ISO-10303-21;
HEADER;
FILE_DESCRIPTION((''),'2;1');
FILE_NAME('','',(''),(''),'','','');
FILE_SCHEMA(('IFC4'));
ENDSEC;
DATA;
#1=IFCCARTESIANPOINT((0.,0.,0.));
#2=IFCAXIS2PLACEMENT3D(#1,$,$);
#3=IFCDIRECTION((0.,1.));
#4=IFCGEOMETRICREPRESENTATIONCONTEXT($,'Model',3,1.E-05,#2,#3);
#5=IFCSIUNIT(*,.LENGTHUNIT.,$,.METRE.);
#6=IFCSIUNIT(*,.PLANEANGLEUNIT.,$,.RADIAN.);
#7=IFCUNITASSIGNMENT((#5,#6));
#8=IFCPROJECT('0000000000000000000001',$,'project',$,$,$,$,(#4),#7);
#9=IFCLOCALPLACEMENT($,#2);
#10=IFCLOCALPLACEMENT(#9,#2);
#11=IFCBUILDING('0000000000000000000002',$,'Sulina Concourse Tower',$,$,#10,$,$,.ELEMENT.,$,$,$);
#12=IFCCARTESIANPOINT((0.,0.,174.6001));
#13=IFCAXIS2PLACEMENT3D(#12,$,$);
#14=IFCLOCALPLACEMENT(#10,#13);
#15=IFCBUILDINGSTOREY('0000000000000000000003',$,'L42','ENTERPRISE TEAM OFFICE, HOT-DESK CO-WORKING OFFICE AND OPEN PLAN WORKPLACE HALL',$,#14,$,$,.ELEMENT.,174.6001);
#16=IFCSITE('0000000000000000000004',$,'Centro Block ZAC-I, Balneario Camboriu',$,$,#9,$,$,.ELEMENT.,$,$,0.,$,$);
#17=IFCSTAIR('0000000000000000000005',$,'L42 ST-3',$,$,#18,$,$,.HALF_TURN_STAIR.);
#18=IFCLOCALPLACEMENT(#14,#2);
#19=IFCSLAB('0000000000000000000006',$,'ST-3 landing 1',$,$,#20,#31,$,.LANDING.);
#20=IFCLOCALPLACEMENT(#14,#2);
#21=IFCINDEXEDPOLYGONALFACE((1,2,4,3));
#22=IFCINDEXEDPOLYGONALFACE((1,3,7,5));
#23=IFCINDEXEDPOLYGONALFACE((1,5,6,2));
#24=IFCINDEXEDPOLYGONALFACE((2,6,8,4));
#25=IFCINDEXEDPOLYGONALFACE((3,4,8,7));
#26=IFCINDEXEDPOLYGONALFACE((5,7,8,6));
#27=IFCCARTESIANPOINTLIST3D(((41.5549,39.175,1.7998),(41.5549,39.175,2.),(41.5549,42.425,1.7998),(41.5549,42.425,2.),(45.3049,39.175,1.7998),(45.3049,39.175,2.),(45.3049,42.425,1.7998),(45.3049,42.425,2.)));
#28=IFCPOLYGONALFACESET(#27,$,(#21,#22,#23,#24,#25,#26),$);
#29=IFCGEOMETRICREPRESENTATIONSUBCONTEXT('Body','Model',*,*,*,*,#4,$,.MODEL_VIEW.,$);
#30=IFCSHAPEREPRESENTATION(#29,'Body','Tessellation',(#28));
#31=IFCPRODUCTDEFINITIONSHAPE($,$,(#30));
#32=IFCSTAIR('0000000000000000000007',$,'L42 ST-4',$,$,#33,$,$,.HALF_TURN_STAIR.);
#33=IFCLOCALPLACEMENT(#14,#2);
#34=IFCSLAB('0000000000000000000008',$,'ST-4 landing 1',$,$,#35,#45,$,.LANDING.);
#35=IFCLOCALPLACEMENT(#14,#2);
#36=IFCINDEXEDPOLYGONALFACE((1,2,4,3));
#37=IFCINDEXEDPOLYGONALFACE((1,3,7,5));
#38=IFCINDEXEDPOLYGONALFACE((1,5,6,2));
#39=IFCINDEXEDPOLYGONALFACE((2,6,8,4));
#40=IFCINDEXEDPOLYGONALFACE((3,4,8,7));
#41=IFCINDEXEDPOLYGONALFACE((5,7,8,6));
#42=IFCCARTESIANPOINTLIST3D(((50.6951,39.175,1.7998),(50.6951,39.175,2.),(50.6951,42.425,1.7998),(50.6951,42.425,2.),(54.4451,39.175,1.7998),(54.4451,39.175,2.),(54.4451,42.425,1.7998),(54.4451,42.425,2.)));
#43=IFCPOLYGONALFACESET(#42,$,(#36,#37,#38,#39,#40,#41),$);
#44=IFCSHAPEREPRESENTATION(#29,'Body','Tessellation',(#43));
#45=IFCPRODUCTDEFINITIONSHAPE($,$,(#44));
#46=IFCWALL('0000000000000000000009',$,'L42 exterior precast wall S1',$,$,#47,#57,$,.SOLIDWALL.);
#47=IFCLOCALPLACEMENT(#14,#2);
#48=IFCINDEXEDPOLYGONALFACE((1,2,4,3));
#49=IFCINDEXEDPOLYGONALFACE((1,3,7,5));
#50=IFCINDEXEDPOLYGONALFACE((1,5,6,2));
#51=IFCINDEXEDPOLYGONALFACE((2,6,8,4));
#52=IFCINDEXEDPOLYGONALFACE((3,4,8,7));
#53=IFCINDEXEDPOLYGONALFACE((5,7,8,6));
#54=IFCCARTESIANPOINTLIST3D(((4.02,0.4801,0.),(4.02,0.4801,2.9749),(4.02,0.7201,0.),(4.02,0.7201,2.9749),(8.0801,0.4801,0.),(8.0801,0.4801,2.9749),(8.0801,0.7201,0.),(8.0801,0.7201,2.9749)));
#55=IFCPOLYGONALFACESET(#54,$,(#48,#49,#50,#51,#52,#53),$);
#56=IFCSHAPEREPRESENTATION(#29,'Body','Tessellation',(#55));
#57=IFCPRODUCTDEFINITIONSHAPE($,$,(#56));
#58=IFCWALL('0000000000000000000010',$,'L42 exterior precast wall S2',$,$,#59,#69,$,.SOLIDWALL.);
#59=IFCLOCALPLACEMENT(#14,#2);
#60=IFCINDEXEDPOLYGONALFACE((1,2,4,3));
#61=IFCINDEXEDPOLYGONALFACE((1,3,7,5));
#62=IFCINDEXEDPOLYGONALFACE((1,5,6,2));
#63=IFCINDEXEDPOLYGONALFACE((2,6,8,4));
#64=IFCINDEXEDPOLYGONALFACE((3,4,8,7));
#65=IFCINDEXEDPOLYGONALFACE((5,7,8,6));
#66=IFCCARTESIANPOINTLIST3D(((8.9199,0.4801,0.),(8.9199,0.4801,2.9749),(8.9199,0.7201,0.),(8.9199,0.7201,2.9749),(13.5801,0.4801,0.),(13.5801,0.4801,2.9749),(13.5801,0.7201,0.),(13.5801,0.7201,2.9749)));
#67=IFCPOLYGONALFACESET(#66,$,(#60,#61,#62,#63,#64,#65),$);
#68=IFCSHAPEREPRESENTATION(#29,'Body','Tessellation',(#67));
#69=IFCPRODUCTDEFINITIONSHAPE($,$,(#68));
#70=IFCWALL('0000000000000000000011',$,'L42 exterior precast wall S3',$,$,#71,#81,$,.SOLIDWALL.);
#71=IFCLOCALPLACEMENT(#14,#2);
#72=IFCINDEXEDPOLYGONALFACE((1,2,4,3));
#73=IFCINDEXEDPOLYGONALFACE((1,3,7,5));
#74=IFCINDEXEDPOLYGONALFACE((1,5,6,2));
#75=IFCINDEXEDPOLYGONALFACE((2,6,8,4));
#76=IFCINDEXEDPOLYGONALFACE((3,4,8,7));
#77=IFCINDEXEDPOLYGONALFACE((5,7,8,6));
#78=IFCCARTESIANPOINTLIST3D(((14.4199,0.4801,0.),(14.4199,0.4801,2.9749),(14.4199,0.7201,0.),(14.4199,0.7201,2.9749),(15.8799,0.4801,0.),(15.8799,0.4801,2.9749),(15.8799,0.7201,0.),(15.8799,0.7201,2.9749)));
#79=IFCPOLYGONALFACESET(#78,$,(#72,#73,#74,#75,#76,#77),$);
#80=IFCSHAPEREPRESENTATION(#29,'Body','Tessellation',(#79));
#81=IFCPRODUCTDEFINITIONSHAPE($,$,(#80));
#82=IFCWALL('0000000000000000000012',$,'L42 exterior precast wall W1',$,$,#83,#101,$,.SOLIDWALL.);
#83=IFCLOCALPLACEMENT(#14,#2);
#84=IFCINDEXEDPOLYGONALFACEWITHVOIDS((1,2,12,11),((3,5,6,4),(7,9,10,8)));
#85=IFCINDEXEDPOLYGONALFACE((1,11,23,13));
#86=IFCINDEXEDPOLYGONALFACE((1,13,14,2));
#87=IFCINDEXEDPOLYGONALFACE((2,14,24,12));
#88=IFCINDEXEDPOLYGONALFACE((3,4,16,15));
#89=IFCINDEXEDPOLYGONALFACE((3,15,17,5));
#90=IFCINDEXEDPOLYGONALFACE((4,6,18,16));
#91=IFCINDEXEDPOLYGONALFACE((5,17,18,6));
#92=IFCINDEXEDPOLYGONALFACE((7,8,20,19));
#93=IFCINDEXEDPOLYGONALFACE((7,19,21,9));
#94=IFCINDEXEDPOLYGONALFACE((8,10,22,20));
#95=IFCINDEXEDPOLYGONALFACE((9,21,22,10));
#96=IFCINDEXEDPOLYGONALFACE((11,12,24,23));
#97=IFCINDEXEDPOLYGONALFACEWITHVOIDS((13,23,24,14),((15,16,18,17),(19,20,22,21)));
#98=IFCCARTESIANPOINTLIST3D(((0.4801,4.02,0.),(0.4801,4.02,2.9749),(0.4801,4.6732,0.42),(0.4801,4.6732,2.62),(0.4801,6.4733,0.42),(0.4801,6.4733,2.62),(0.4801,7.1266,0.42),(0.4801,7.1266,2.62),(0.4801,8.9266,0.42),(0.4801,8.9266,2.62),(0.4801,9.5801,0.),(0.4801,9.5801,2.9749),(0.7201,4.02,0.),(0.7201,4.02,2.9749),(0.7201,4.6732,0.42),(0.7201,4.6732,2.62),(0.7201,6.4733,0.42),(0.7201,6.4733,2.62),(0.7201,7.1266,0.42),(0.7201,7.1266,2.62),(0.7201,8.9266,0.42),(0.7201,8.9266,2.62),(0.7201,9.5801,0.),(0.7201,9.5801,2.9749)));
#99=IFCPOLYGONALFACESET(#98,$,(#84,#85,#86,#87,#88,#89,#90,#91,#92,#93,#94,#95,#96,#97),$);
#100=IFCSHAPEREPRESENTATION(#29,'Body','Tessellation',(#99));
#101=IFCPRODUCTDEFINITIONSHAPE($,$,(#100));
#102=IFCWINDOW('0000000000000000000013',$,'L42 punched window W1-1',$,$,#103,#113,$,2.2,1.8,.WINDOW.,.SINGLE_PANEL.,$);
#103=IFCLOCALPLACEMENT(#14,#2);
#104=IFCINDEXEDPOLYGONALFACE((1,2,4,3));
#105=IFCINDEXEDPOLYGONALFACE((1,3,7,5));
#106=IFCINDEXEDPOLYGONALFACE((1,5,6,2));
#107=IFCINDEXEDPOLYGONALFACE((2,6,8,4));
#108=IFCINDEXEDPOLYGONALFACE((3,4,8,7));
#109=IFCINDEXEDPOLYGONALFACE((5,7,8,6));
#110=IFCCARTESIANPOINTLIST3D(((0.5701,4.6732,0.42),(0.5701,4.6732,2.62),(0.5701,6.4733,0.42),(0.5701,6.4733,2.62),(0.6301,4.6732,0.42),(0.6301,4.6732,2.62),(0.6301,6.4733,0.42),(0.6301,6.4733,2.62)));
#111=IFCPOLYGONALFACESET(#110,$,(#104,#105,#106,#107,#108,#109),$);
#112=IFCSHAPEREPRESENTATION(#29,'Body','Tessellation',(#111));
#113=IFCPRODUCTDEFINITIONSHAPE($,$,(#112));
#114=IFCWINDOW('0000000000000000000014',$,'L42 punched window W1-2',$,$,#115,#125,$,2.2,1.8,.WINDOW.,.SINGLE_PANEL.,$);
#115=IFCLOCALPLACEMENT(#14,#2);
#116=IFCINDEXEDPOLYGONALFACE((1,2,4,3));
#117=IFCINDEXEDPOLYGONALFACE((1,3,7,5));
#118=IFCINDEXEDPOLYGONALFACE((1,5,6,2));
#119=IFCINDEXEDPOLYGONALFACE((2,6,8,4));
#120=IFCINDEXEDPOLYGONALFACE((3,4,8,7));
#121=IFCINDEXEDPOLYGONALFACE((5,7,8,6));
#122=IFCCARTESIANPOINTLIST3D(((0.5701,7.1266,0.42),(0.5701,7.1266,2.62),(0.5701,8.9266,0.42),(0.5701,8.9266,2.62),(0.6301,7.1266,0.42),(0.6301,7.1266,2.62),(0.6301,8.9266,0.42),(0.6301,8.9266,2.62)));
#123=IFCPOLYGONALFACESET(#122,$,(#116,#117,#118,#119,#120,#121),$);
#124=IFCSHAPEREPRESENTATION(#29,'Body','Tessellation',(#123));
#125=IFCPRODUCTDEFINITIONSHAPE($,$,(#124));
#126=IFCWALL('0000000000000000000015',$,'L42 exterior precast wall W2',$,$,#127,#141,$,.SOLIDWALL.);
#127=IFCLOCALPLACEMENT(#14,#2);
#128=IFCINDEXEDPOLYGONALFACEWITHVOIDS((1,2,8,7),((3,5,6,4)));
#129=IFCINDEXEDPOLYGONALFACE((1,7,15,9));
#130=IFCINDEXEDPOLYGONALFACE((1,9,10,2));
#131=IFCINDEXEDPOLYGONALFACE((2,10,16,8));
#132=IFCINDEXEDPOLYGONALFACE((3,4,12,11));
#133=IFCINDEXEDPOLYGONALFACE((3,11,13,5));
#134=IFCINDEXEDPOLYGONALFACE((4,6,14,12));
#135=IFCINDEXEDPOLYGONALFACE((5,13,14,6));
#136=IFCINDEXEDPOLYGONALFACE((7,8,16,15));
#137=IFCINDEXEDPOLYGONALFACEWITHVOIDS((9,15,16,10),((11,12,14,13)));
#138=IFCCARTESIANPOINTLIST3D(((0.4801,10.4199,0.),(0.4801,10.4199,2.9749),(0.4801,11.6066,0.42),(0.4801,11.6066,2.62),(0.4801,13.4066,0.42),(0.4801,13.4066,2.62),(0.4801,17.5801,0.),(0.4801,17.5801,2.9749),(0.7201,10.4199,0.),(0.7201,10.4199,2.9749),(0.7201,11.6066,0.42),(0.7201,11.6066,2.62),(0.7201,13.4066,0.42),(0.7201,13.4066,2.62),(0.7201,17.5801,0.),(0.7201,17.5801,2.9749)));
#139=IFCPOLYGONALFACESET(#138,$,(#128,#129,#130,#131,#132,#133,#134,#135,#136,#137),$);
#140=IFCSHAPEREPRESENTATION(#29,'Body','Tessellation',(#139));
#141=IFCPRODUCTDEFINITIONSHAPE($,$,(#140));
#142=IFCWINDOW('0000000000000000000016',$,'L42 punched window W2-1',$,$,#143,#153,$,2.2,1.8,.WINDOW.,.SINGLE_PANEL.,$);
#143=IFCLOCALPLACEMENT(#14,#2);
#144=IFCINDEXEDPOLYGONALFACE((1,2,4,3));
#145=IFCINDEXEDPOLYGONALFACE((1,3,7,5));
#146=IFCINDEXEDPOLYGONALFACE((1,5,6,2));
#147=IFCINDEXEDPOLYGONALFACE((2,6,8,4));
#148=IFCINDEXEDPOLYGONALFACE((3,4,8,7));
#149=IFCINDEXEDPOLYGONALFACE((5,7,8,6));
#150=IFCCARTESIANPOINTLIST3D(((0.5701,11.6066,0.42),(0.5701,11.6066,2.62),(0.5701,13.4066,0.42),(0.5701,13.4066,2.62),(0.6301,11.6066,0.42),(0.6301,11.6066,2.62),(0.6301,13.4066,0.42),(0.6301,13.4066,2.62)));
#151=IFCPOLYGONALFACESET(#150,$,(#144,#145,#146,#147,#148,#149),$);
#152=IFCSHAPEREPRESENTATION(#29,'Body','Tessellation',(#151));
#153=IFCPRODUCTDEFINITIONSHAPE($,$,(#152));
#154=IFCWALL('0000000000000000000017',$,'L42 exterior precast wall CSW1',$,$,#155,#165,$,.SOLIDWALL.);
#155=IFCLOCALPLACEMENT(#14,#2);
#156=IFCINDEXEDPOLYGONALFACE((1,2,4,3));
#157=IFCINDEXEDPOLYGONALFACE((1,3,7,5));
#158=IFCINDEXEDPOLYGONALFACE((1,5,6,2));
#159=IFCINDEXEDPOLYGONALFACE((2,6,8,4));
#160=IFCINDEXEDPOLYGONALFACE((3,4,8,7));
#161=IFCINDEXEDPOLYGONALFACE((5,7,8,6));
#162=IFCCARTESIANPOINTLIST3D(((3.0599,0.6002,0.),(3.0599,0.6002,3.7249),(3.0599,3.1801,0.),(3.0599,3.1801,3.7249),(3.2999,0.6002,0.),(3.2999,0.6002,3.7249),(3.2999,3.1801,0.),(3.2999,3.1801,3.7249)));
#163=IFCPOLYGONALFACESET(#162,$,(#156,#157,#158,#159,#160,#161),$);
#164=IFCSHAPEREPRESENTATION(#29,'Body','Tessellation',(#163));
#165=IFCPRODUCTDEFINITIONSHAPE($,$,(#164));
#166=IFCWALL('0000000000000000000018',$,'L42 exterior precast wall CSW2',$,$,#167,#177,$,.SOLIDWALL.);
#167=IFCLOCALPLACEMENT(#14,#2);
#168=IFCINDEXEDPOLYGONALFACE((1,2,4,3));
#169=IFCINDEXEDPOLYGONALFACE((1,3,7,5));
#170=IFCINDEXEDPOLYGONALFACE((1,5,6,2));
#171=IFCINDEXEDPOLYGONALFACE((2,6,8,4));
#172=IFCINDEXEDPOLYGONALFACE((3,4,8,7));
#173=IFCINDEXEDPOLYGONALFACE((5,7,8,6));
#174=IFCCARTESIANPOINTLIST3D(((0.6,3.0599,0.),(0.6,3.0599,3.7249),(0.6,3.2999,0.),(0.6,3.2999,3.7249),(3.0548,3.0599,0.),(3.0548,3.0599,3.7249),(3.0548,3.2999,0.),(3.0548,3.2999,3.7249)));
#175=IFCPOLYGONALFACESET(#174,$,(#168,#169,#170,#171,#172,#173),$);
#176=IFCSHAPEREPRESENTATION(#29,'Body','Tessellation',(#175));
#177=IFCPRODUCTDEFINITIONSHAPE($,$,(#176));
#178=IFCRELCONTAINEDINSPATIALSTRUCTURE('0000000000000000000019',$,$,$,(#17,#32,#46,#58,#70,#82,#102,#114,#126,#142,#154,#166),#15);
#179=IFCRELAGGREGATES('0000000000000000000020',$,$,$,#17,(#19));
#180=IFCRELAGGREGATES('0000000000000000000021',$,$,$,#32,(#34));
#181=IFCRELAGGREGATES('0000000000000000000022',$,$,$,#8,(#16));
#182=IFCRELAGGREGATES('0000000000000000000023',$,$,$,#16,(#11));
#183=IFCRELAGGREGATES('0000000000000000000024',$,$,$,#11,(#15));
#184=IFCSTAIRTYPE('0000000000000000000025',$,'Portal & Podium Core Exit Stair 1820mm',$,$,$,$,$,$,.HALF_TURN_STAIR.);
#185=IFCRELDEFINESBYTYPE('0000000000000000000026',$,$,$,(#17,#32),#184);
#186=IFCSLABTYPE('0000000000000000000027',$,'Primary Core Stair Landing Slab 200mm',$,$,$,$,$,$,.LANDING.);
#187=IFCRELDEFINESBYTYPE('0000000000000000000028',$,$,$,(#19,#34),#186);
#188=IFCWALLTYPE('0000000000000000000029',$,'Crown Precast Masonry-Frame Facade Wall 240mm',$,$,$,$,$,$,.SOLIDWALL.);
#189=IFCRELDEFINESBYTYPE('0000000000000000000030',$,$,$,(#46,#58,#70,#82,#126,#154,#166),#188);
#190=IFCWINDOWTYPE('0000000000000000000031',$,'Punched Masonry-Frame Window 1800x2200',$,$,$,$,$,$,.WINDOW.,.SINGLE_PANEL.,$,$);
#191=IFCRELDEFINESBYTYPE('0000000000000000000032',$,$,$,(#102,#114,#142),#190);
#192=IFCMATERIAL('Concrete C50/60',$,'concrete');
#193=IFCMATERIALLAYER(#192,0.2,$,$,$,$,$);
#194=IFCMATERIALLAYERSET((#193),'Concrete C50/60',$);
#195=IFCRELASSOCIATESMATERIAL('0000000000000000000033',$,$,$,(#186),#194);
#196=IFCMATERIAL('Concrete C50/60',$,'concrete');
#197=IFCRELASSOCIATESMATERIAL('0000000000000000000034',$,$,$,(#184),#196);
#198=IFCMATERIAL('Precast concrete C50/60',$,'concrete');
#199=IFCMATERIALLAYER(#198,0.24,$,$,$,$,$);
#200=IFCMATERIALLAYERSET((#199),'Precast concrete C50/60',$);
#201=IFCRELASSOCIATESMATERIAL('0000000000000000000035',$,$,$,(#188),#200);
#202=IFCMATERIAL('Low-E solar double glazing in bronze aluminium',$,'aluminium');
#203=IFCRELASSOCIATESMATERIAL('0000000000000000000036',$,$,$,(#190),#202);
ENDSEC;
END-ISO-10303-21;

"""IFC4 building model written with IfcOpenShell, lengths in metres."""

from ifc_helpers import new_model, si_unit, direction, frame, frame_2d, origin, place, context, subcontext, project, spatial, polyline, rectangle, outline, extrude, material, layer, layer_set, type_object, element, fill, aggregate, save


model = new_model("IFC4")

# Units and contexts
model_context = context("Model", 3, precision=1e-05, world=origin(), true_north=direction((0.0, 1.0)))
body_context = subcontext(model_context, "Body", "Model", "MODEL_VIEW")
ifc_project = project(units=[si_unit("LENGTHUNIT", "METRE"), si_unit("PLANEANGLEUNIT", "RADIAN")], contexts=[model_context])

# Site, building, storey
site_placement = place(None, origin())
site = spatial("IfcSite", under=ifc_project, at=site_placement, Name="Centro Block ZAC-I, Balneario Camboriu", CompositionType="ELEMENT", RefElevation=0.0)
building_placement = place(site_placement, origin())
building = spatial("IfcBuilding", under=site, at=building_placement, Name="Sulina Concourse Tower", CompositionType="ELEMENT")
storey_placement = place(building_placement, frame((0.0, 0.0, 174.6001)))
storey = spatial("IfcBuildingStorey", under=building, at=storey_placement, Name="L42", Description="ENTERPRISE TEAM OFFICE, HOT-DESK CO-WORKING OFFICE AND OPEN PLAN WORKPLACE HALL", CompositionType="ELEMENT", Elevation=174.6001)

# Shared definitions
ifc_material_1 = material(Name="Concrete C50/60", Category="concrete")
ifc_layer_1 = layer(ifc_material_1, 0.2)
ifc_layer_set_1 = layer_set([ifc_layer_1], Name="Concrete C50/60")
slab_type_1 = type_object("IfcSlabType", Name="Primary Core Stair Landing Slab 200mm", PredefinedType="LANDING", material=ifc_layer_set_1)

# Stairs, slabs
ifc_material_2 = material(Name="Concrete C50/60", Category="concrete")
stair_type_1 = type_object("IfcStairType", Name="Portal & Podium Core Exit Stair 1820mm", PredefinedType="HALF_TURN_STAIR", material=ifc_material_2)
stair_1_placement = place(storey_placement, origin())
stair_1 = element("IfcStair", 1, at=stair_1_placement, inside=storey, type_object=stair_type_1, Name="L42 ST-3", PredefinedType="HALF_TURN_STAIR")
slab_1_placement = place(storey_placement, frame((0.0, 0.0, 1.7998)))
slab_1 = element("IfcSlab", 2, at=slab_1_placement, type_object=slab_type_1, Name="ST-3 landing 1", PredefinedType="LANDING", context=body_context, shape_type="SweptSolid", body=[
    extrude(outline(polyline([(45.3049, 39.175), (45.3049, 42.425), (41.5549, 42.425), (41.5549, 39.175), (45.3049, 39.175)])), origin(), (0.0, 0.0, 1.0), 0.2002),
])
aggregate(stair_1, [slab_1])
stair_2_placement = place(storey_placement, origin())
stair_2 = element("IfcStair", 3, at=stair_2_placement, inside=storey, type_object=stair_type_1, Name="L42 ST-4", PredefinedType="HALF_TURN_STAIR")
slab_2_placement = place(storey_placement, frame((0.0, 0.0, 1.7998)))
slab_2 = element("IfcSlab", 4, at=slab_2_placement, type_object=slab_type_1, Name="ST-4 landing 1", PredefinedType="LANDING", context=body_context, shape_type="SweptSolid", body=[
    extrude(outline(polyline([(54.4451, 39.175), (54.4451, 42.425), (50.6951, 42.425), (50.6951, 39.175), (54.4451, 39.175)])), origin(), (0.0, 0.0, 1.0), 0.2002),
])
aggregate(stair_2, [slab_2])

# Walls
ifc_material_3 = material(Name="Precast concrete C50/60", Category="concrete")
ifc_layer_2 = layer(ifc_material_3, 0.24)
ifc_layer_set_2 = layer_set([ifc_layer_2], Name="Precast concrete C50/60")
wall_type_1 = type_object("IfcWallType", Name="Crown Precast Masonry-Frame Facade Wall 240mm", PredefinedType="SOLIDWALL", material=ifc_layer_set_2)
wall_1_placement = place(storey_placement, frame((8.0801, 0.6001, 0.0), z_axis=(0.0, 0.0, 1.0), x_axis=(-1.0, 0.0, 0.0)))
element("IfcWall", 5, at=wall_1_placement, inside=storey, type_object=wall_type_1, Name="L42 exterior precast wall S1", PredefinedType="SOLIDWALL", context=body_context, shape_type="SweptSolid", body=[
    extrude(rectangle(XDim=4.0601, YDim=0.24, at=frame_2d((2.03, 0.0))), origin(), (0.0, 0.0, 1.0), 2.9749),
])
wall_2_placement = place(storey_placement, frame((13.5801, 0.6001, 0.0), z_axis=(0.0, 0.0, 1.0), x_axis=(-1.0, 0.0, 0.0)))
element("IfcWall", 6, at=wall_2_placement, inside=storey, type_object=wall_type_1, Name="L42 exterior precast wall S2", PredefinedType="SOLIDWALL", context=body_context, shape_type="SweptSolid", body=[
    extrude(rectangle(XDim=4.6602, YDim=0.24, at=frame_2d((2.3301, 0.0))), origin(), (0.0, 0.0, 1.0), 2.9749),
])
wall_3_placement = place(storey_placement, frame((15.8799, 0.6001, 0.0), z_axis=(0.0, 0.0, 1.0), x_axis=(-1.0, 0.0, 0.0)))
element("IfcWall", 7, at=wall_3_placement, inside=storey, type_object=wall_type_1, Name="L42 exterior precast wall S3", PredefinedType="SOLIDWALL", context=body_context, shape_type="SweptSolid", body=[
    extrude(rectangle(XDim=1.46, YDim=0.24, at=frame_2d((0.73, 0.0))), origin(), (0.0, 0.0, 1.0), 2.9749),
])

# Wall, openings, windows
wall_4_placement = place(storey_placement, frame((0.6001, 4.02, 0.0), z_axis=(0.0, 0.0, 1.0), x_axis=(0.0, 1.0, 0.0)))
wall_4 = element("IfcWall", 8, at=wall_4_placement, inside=storey, type_object=wall_type_1, Name="L42 exterior precast wall W1", PredefinedType="SOLIDWALL", context=body_context, shape_type="SweptSolid", body=[
    extrude(rectangle(XDim=5.5601, YDim=0.24, at=frame_2d((2.78, 0.0))), origin(), (0.0, 0.0, 1.0), 2.9749),
])
opening_1_placement = place(wall_4_placement, frame((0.6533, 0.0, 0.4199)))
opening_1 = element("IfcOpeningElement", 9, at=opening_1_placement, cuts=wall_4, PredefinedType="OPENING", context=body_context, shape_type="SweptSolid", body=[
    extrude(rectangle(XDim=1.8, YDim=2.2, at=frame_2d((0.8999, 1.1001))), frame((0.0, 0.1299, 0.0), z_axis=(0.0, -1.0, 0.0), x_axis=(1.0, 0.0, 0.0)), (0.0, 0.0, 1.0), 0.26),
])
opening_2_placement = place(wall_4_placement, frame((3.1067, 0.0, 0.4199)))
opening_2 = element("IfcOpeningElement", 10, at=opening_2_placement, cuts=wall_4, PredefinedType="OPENING", context=body_context, shape_type="SweptSolid", body=[
    extrude(rectangle(XDim=1.8, YDim=2.2, at=frame_2d((0.8999, 1.1001))), frame((0.0, 0.1299, 0.0), z_axis=(0.0, -1.0, 0.0), x_axis=(1.0, 0.0, 0.0)), (0.0, 0.0, 1.0), 0.26),
])
ifc_material_4 = material(Name="Low-E solar double glazing in bronze aluminium", Category="aluminium")
window_type = type_object("IfcWindowType", Name="Punched Masonry-Frame Window 1800x2200", PartitioningType="SINGLE_PANEL", PredefinedType="WINDOW", material=ifc_material_4)
window_1_placement = place(opening_1_placement, origin())
window_1 = element("IfcWindow", 11, at=window_1_placement, inside=storey, type_object=window_type, Name="L42 punched window W1-1", OverallHeight=2.2, OverallWidth=1.8, PartitioningType="SINGLE_PANEL", PredefinedType="WINDOW", context=body_context, shape_type="SweptSolid", body=[
    extrude(rectangle(XDim=1.8, YDim=2.2, at=frame_2d((0.8999, 1.1001))), frame((0.0, 0.03, 0.0), z_axis=(0.0, -1.0, 0.0), x_axis=(1.0, 0.0, 0.0)), (0.0, 0.0, 1.0), 0.0601),
])
fill(opening_1, window_1)
window_2_placement = place(opening_2_placement, origin())
window_2 = element("IfcWindow", 12, at=window_2_placement, inside=storey, type_object=window_type, Name="L42 punched window W1-2", OverallHeight=2.2, OverallWidth=1.8, PartitioningType="SINGLE_PANEL", PredefinedType="WINDOW", context=body_context, shape_type="SweptSolid", body=[
    extrude(rectangle(XDim=1.8, YDim=2.2, at=frame_2d((0.8999, 1.1001))), frame((0.0, 0.03, 0.0), z_axis=(0.0, -1.0, 0.0), x_axis=(1.0, 0.0, 0.0)), (0.0, 0.0, 1.0), 0.0601),
])
fill(opening_2, window_2)

# Wall, opening, window
wall_5_placement = place(storey_placement, frame((0.6001, 10.4199, 0.0), z_axis=(0.0, 0.0, 1.0), x_axis=(0.0, 1.0, 0.0)))
wall_5 = element("IfcWall", 13, at=wall_5_placement, inside=storey, type_object=wall_type_1, Name="L42 exterior precast wall W2", PredefinedType="SOLIDWALL", context=body_context, shape_type="SweptSolid", body=[
    extrude(rectangle(XDim=7.1602, YDim=0.24, at=frame_2d((3.5801, 0.0))), origin(), (0.0, 0.0, 1.0), 2.9749),
])
opening_3_placement = place(wall_5_placement, frame((1.1868, 0.0, 0.4199)))
opening_3 = element("IfcOpeningElement", 14, at=opening_3_placement, cuts=wall_5, PredefinedType="OPENING", context=body_context, shape_type="SweptSolid", body=[
    extrude(rectangle(XDim=1.8, YDim=2.2, at=frame_2d((0.8999, 1.1001))), frame((0.0, 0.1299, 0.0), z_axis=(0.0, -1.0, 0.0), x_axis=(1.0, 0.0, 0.0)), (0.0, 0.0, 1.0), 0.26),
])
window_3_placement = place(opening_3_placement, origin())
window_3 = element("IfcWindow", 15, at=window_3_placement, inside=storey, type_object=window_type, Name="L42 punched window W2-1", OverallHeight=2.2, OverallWidth=1.8, PartitioningType="SINGLE_PANEL", PredefinedType="WINDOW", context=body_context, shape_type="SweptSolid", body=[
    extrude(rectangle(XDim=1.8, YDim=2.2, at=frame_2d((0.8999, 1.1001))), frame((0.0, 0.03, 0.0), z_axis=(0.0, -1.0, 0.0), x_axis=(1.0, 0.0, 0.0)), (0.0, 0.0, 1.0), 0.0601),
])
fill(opening_3, window_3)

# Walls
wall_6_placement = place(storey_placement, frame((3.1799, 0.6001, 0.0), z_axis=(0.0, 0.0, 1.0), x_axis=(0.0, 1.0, 0.0)))
element("IfcWall", 16, at=wall_6_placement, inside=storey, type_object=wall_type_1, Name="L42 exterior precast wall CSW1", PredefinedType="SOLIDWALL", context=body_context, shape_type="SweptSolid", body=[
    extrude(rectangle(XDim=2.5798, YDim=0.24, at=frame_2d((1.29, 0.0))), origin(), (0.0, 0.0, 1.0), 3.7249),
])
wall_7_placement = place(storey_placement, frame((3.0549, 3.1799, 0.0), z_axis=(0.0, 0.0, 1.0), x_axis=(-1.0, 0.0, 0.0)))
element("IfcWall", 17, at=wall_7_placement, inside=storey, type_object=wall_type_1, Name="L42 exterior precast wall CSW2", PredefinedType="SOLIDWALL", context=body_context, shape_type="SweptSolid", body=[
    extrude(rectangle(XDim=2.4548, YDim=0.24, at=frame_2d((1.2275, 0.0))), origin(), (0.0, 0.0, 1.0), 3.7249),
])

save(model, "model.ifc")
